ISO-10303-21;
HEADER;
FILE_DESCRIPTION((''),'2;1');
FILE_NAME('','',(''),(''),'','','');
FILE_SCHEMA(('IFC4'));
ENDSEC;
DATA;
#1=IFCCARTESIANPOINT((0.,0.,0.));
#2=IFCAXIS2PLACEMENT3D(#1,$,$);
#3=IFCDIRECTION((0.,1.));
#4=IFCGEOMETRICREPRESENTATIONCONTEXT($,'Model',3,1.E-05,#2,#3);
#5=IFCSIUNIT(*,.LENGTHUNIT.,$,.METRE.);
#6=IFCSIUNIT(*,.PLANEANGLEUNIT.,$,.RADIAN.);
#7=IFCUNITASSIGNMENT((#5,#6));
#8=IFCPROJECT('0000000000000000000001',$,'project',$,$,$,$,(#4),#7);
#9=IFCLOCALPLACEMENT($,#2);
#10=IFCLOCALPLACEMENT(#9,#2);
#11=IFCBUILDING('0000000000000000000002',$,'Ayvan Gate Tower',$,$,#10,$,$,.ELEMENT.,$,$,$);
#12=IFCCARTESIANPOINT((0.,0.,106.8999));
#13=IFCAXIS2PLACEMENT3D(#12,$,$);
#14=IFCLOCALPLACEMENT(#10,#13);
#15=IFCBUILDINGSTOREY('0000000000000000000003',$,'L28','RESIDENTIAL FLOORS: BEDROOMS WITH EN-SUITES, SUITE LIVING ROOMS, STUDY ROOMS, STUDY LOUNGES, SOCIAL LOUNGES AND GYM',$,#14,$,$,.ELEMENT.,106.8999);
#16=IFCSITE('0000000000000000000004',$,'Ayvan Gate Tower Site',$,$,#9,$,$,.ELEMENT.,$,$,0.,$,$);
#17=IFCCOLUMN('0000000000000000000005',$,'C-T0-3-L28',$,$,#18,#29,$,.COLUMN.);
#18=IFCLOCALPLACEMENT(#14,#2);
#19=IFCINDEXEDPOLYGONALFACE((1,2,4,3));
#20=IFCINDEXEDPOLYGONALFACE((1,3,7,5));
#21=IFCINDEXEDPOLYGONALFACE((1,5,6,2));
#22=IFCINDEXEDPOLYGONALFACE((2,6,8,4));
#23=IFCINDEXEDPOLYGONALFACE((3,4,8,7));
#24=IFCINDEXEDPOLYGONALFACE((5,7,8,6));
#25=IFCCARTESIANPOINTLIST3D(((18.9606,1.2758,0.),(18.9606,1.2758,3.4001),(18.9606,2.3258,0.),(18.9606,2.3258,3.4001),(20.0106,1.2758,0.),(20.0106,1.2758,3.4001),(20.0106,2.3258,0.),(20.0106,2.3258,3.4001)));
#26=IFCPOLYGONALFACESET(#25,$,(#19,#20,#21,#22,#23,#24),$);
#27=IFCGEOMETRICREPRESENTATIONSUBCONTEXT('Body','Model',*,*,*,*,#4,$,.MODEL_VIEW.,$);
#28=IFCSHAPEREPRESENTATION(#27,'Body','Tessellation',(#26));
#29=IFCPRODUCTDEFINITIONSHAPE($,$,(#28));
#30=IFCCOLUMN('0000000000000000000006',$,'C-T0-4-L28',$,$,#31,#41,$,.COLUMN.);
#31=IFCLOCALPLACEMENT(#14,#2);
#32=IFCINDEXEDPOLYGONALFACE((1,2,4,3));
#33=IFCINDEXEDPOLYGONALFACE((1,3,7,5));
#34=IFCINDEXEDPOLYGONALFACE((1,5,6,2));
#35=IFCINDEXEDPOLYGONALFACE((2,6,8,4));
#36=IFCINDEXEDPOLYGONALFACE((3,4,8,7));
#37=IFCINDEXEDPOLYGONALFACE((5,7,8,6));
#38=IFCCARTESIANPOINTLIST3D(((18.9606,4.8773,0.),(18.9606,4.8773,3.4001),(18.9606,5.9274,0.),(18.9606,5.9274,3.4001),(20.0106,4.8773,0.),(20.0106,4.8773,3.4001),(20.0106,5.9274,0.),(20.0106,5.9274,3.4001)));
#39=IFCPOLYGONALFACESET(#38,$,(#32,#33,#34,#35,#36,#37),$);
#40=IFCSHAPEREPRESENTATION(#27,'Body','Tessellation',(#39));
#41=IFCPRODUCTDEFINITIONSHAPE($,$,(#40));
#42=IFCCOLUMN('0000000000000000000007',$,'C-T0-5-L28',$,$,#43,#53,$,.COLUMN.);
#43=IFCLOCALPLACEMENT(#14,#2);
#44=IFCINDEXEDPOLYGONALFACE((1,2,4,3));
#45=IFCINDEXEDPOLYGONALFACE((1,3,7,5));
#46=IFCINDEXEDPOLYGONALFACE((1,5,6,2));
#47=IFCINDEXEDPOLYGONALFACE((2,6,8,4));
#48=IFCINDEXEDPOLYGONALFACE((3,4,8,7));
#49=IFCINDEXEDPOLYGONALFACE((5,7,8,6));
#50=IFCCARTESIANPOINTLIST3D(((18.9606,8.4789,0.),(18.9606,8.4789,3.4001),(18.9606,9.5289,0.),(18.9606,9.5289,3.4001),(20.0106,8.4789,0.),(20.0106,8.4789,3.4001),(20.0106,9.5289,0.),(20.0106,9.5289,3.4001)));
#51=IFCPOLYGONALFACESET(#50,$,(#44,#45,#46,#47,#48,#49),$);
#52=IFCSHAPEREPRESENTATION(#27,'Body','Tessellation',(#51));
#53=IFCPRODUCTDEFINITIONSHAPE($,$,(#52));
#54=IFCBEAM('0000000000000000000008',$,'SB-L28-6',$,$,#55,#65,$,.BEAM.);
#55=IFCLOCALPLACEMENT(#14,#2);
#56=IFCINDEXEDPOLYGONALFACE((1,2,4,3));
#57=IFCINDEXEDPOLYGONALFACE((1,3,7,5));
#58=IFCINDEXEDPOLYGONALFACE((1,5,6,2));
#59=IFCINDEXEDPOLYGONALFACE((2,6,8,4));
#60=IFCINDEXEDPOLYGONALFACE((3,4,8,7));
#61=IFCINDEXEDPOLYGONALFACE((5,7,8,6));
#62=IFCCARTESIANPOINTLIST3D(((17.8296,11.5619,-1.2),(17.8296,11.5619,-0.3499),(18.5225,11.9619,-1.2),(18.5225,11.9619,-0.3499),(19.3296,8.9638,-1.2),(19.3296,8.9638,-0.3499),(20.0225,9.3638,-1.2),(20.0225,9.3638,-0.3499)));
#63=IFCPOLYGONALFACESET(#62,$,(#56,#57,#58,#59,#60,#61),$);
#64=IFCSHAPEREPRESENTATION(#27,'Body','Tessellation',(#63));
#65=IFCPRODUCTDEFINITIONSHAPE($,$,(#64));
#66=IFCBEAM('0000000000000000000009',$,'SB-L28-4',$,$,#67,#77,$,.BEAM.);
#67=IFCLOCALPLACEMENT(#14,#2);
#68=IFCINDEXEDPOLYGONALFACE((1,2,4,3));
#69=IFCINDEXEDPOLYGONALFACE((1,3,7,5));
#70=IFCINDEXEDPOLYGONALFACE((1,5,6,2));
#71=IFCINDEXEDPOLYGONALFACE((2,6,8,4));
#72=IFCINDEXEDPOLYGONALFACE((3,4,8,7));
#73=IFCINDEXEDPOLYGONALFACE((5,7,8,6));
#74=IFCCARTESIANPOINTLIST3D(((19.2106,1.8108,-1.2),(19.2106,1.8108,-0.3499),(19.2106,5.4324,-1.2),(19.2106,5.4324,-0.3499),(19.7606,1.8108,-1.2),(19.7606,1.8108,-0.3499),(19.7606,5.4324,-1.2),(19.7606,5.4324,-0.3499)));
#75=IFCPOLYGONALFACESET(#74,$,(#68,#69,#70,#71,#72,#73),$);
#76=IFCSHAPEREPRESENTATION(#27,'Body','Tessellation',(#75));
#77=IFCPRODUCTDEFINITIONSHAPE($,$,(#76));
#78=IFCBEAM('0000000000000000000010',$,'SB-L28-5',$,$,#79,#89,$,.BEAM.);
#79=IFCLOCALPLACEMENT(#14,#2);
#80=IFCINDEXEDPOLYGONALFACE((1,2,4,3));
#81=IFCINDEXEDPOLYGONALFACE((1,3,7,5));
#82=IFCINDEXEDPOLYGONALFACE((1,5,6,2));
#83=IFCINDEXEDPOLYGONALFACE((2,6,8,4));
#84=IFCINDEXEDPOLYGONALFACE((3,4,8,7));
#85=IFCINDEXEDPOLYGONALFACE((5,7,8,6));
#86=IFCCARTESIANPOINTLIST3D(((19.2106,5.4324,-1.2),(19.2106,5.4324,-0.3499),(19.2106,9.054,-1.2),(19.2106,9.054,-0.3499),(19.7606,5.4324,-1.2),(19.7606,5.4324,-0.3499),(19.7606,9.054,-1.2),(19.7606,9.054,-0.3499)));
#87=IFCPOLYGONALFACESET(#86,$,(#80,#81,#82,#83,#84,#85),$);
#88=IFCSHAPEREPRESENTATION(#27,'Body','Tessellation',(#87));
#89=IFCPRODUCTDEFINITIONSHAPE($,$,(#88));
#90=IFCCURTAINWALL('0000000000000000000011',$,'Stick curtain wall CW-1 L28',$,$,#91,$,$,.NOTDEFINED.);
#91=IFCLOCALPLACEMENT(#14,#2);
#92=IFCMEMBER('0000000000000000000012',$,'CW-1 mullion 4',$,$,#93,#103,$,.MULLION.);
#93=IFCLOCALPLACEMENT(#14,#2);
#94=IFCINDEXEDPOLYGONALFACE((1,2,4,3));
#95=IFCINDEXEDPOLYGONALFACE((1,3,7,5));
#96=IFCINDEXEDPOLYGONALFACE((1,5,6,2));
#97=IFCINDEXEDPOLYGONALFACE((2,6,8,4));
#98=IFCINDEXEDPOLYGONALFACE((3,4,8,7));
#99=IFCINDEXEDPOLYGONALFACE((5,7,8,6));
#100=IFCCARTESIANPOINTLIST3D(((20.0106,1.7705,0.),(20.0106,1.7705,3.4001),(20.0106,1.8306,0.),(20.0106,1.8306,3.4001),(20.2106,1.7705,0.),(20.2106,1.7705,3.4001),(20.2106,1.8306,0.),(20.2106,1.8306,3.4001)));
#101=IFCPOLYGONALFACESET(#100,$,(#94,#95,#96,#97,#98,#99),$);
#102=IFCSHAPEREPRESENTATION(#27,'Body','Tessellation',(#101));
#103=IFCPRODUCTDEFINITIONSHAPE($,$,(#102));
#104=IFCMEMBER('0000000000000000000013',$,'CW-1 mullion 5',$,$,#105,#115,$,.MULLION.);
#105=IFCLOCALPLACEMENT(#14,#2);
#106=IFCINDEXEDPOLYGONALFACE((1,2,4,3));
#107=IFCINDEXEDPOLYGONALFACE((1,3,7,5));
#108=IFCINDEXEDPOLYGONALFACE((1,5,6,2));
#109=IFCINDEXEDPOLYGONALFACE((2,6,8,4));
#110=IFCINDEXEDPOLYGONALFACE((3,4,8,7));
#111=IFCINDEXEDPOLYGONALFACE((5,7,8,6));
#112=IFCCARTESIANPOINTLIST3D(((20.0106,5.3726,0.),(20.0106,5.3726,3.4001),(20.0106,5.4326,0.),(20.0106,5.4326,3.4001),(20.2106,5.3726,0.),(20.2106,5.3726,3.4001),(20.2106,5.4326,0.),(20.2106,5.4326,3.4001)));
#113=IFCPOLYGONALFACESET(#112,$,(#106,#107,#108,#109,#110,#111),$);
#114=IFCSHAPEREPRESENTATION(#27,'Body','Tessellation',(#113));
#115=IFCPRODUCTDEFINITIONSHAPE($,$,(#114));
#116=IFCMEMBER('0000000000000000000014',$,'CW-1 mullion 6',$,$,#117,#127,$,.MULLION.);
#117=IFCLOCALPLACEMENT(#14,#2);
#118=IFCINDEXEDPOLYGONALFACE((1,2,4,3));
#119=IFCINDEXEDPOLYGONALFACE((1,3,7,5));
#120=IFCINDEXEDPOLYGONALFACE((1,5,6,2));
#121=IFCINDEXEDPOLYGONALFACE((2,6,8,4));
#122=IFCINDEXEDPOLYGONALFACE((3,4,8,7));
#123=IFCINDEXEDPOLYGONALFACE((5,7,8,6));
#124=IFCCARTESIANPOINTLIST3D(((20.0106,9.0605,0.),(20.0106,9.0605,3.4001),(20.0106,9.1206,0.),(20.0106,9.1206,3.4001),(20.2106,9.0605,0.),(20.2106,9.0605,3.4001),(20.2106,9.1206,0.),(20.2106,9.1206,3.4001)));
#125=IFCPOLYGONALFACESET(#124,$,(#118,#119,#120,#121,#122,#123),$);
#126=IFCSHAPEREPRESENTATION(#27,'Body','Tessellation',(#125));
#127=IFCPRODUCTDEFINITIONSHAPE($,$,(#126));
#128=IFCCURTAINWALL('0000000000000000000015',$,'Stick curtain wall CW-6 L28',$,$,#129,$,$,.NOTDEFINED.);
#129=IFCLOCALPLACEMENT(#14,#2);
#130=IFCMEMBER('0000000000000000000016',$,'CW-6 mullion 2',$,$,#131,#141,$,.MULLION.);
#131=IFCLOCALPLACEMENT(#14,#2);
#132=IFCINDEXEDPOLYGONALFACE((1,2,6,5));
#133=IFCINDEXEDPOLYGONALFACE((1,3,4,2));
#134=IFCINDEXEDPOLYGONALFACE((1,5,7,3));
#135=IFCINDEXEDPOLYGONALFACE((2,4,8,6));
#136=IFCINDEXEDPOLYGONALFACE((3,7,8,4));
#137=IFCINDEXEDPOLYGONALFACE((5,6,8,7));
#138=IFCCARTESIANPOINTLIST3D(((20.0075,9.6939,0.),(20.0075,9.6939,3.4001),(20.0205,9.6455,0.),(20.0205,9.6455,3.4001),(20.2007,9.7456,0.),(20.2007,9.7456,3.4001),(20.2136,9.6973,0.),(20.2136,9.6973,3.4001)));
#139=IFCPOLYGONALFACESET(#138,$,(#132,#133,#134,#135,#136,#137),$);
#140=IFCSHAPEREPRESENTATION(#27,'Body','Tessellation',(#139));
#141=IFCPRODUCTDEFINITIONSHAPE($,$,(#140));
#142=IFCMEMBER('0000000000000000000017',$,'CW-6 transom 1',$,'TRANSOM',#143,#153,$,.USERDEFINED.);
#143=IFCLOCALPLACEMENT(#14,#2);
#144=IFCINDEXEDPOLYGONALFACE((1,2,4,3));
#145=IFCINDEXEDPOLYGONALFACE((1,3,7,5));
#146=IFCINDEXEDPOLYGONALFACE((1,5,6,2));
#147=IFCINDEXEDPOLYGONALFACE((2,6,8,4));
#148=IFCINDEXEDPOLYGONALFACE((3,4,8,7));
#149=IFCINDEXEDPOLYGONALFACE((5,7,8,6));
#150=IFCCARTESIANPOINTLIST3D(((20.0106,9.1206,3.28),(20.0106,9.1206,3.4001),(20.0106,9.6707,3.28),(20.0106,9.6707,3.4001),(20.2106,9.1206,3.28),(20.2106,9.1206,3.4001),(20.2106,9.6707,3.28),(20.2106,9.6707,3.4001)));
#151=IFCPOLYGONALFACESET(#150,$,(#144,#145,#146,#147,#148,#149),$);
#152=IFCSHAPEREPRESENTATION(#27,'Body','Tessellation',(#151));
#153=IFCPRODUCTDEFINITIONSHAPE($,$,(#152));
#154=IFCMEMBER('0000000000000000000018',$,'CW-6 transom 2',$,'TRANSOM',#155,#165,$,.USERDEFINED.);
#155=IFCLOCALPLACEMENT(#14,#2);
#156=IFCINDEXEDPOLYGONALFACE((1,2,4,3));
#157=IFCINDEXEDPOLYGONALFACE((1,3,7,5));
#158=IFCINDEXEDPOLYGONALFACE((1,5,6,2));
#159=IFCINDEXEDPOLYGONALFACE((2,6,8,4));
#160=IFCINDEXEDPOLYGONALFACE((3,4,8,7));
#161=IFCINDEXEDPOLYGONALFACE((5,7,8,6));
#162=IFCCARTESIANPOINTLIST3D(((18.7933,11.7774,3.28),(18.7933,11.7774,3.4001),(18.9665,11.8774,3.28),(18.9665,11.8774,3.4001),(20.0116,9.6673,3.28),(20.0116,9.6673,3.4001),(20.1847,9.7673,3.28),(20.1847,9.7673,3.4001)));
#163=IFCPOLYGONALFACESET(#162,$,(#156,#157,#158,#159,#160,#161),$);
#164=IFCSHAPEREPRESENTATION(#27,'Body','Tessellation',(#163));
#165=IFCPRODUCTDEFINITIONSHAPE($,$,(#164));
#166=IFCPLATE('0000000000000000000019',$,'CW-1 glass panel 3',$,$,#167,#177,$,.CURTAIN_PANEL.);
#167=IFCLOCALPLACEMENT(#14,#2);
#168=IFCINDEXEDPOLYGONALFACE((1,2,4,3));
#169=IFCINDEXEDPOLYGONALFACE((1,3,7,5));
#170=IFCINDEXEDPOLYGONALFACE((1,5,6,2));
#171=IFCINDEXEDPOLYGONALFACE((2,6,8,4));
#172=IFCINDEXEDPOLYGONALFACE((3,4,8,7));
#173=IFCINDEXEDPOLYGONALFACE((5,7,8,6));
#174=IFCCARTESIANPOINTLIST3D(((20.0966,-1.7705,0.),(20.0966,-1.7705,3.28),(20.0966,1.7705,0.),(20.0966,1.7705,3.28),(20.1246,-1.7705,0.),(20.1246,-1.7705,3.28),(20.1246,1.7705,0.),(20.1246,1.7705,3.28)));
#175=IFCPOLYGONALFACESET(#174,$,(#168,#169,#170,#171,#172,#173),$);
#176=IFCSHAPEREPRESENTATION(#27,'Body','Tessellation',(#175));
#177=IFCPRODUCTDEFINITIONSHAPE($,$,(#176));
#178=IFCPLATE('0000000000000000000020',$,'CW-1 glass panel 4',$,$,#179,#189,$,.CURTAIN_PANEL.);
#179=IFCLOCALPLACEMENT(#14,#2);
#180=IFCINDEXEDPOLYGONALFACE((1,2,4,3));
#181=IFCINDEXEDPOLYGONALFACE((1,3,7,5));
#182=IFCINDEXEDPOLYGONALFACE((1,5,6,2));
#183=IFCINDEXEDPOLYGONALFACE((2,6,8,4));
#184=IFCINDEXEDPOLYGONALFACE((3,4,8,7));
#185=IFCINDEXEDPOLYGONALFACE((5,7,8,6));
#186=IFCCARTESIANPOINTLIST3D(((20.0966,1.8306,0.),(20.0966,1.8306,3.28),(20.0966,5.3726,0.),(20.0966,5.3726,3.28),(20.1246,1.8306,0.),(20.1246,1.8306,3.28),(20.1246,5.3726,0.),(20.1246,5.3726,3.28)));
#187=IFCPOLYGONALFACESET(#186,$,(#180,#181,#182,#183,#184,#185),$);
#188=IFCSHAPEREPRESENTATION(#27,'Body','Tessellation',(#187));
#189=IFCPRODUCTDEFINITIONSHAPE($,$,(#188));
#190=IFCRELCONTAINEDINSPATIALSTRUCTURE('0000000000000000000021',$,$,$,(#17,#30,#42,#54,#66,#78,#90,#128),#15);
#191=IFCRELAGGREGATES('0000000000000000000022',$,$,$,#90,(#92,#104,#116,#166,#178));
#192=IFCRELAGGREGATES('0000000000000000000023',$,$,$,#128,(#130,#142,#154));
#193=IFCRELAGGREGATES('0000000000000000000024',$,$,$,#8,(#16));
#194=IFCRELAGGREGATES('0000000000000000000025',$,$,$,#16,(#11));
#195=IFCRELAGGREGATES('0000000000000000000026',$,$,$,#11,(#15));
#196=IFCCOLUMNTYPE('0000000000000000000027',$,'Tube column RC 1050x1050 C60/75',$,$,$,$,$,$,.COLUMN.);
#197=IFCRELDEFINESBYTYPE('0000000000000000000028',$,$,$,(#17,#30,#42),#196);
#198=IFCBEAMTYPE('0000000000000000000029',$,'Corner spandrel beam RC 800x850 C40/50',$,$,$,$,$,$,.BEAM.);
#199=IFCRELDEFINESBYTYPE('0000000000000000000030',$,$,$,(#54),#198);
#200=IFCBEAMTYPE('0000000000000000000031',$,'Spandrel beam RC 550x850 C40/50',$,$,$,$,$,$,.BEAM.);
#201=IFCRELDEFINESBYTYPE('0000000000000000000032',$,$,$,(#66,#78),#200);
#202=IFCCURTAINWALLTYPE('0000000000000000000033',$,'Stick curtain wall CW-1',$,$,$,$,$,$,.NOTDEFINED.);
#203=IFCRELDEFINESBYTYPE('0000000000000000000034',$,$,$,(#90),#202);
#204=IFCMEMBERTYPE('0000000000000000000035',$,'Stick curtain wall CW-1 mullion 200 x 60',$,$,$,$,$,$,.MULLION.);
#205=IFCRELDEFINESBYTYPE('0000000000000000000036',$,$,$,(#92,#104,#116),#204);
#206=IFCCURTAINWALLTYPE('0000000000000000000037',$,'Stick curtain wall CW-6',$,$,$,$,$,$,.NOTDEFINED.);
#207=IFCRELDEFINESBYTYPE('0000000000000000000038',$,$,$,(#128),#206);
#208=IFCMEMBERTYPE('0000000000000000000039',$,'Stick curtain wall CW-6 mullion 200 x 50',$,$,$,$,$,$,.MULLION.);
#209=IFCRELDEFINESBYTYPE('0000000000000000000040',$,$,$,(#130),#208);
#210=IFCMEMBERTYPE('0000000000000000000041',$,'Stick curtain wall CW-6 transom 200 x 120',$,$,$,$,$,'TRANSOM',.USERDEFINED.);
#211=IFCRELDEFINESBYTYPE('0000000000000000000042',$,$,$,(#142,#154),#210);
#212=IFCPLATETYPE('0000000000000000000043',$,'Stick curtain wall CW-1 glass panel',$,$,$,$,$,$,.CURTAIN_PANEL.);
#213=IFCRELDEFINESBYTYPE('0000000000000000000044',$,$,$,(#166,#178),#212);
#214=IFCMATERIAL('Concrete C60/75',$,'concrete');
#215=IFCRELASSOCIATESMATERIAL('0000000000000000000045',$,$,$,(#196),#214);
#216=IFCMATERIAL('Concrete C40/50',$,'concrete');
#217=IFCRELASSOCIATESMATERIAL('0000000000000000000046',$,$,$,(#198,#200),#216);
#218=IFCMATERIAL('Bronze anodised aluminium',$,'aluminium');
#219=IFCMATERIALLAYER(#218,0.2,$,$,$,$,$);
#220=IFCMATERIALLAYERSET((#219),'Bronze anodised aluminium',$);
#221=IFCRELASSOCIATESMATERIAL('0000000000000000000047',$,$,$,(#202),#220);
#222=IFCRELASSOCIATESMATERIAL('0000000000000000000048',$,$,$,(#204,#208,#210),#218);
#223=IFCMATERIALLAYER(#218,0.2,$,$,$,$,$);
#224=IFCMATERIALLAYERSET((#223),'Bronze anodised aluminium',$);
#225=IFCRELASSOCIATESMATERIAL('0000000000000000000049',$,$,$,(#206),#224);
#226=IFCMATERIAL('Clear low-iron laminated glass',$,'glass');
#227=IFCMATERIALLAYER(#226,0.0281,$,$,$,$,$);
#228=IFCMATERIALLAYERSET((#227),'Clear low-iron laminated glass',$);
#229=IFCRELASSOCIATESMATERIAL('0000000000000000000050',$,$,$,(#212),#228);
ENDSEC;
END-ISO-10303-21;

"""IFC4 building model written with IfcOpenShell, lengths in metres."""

from ifc_helpers import new_model, si_unit, direction, frame, origin, origin_2d, place, context, subcontext, project, spatial, rectangle, extrude, material, layer, layer_set, material_profile, profile_set, type_object, element, aggregate, save


model = new_model("IFC4")

# Units and contexts
model_context = context("Model", 3, precision=1e-05, world=origin(), true_north=direction((0.0, 1.0)))
body_context = subcontext(model_context, "Body", "Model", "MODEL_VIEW")
ifc_project = project(units=[si_unit("LENGTHUNIT", "METRE"), si_unit("PLANEANGLEUNIT", "RADIAN")], contexts=[model_context])

# Site, building, storey
site_placement = place(None, origin())
site = spatial("IfcSite", under=ifc_project, at=site_placement, Name="Ayvan Gate Tower Site", CompositionType="ELEMENT", RefElevation=0.0)
building_placement = place(site_placement, origin())
building = spatial("IfcBuilding", under=site, at=building_placement, Name="Ayvan Gate Tower", CompositionType="ELEMENT")
storey_placement = place(building_placement, frame((0.0, 0.0, 106.8999)))
storey = spatial("IfcBuildingStorey", under=building, at=storey_placement, Name="L28", Description="RESIDENTIAL FLOORS: BEDROOMS WITH EN-SUITES, SUITE LIVING ROOMS, STUDY ROOMS, STUDY LOUNGES, SOCIAL LOUNGES AND GYM", CompositionType="ELEMENT", Elevation=106.8999)

# Columns
ifc_material_1 = material(Name="Concrete C60/75", Category="concrete")
ifc_material_profile_1 = material_profile(ifc_material_1, rectangle(XDim=1.05, YDim=1.05, at=origin_2d()), Name="RC 1050x1050")
ifc_profile_set_1 = profile_set([ifc_material_profile_1], Name="Concrete C60/75")
column_type = type_object("IfcColumnType", Name="Tube column RC 1050x1050 C60/75", PredefinedType="COLUMN", material=ifc_profile_set_1)
for number, where, z_axis, x_axis, name in (
    (1, (19.4856, 1.8008, 0.0), (0.0, 0.0, 1.0), (1.0, 0.0, 0.0), "C-T0-3-L28"),
    (2, (19.4856, 5.4023, 0.0), (0.0, 0.0, 1.0), (1.0, 0.0, 0.0), "C-T0-4-L28"),
    (3, (19.4856, 9.0039, 0.0), (0.0, 0.0, 1.0), (1.0, 0.0, 0.0), "C-T0-5-L28"),
):
    element("IfcColumn", number, at=place(storey_placement, frame(where, z_axis=z_axis, x_axis=x_axis)), inside=storey, type_object=column_type, Name=name, PredefinedType="COLUMN", context=body_context, shape_type="SweptSolid", body=[
        extrude(rectangle(XDim=1.05, YDim=1.05, at=origin_2d()), origin(), (0.0, 0.0, 1.0), 3.4001),
    ])

# Beams
ifc_material_2 = material(Name="Concrete C40/50", Category="concrete")
ifc_material_profile_2 = material_profile(ifc_material_2, rectangle(XDim=0.8, YDim=0.8501, at=origin_2d()), Name="RC 800x850")
ifc_profile_set_2 = profile_set([ifc_material_profile_2], Name="Concrete C40/50")
beam_type_1 = type_object("IfcBeamType", Name="Corner spandrel beam RC 800x850 C40/50", PredefinedType="BEAM", material=ifc_profile_set_2)
beam_placement = place(storey_placement, frame((19.676, 9.1638, -0.7749), z_axis=(-0.49999, 0.866031, 0.0), x_axis=(-0.866031, -0.49999, 0.0)))
element("IfcBeam", 4, at=beam_placement, inside=storey, type_object=beam_type_1, Name="SB-L28-6", PredefinedType="BEAM", context=body_context, shape_type="SweptSolid", body=[
    extrude(rectangle(XDim=0.8, YDim=0.8501, at=origin_2d()), origin(), (0.0, 0.0, 1.0), 3.0),
])
ifc_material_profile_3 = material_profile(ifc_material_2, rectangle(XDim=0.55, YDim=0.8501, at=origin_2d()), Name="RC 550x850")
ifc_profile_set_3 = profile_set([ifc_material_profile_3], Name="Concrete C40/50")
beam_type_2 = type_object("IfcBeamType", Name="Spandrel beam RC 550x850 C40/50", PredefinedType="BEAM", material=ifc_profile_set_3)
for number, where, z_axis, x_axis, name in (
    (5, (19.4856, 1.8108, -0.7749), (0.0, 1.0, 0.0), (-1.0, 0.0, 0.0), "SB-L28-4"),
    (6, (19.4856, 5.4324, -0.7749), (0.0, 1.0, 0.0), (-1.0, 0.0, 0.0), "SB-L28-5"),
):
    element("IfcBeam", number, at=place(storey_placement, frame(where, z_axis=z_axis, x_axis=x_axis)), inside=storey, type_object=beam_type_2, Name=name, PredefinedType="BEAM", context=body_context, shape_type="SweptSolid", body=[
        extrude(rectangle(XDim=0.55, YDim=0.8501, at=origin_2d()), origin(), (0.0, 0.0, 1.0), 3.6216),
    ])

# Curtain walls, members
ifc_material_3 = material(Name="Bronze anodised aluminium", Category="aluminium")
ifc_layer_1 = layer(ifc_material_3, 0.2)
ifc_layer_set_1 = layer_set([ifc_layer_1], Name="Bronze anodised aluminium")
curtain_wall_type_1 = type_object("IfcCurtainWallType", Name="Stick curtain wall CW-1", PredefinedType="NOTDEFINED", material=ifc_layer_set_1)
curtain_wall_1_placement = place(storey_placement, origin())
curtain_wall_1 = element("IfcCurtainWall", 7, at=curtain_wall_1_placement, inside=storey, type_object=curtain_wall_type_1, Name="Stick curtain wall CW-1 L28", PredefinedType="NOTDEFINED")
ifc_material_profile_4 = material_profile(ifc_material_3, rectangle(XDim=0.2, YDim=0.0601, at=origin_2d()), Name="Stick curtain wall CW-1 mullion 200 x 60")
ifc_profile_set_4 = profile_set([ifc_material_profile_4], Name="Bronze anodised aluminium")
member_type_1 = type_object("IfcMemberType", Name="Stick curtain wall CW-1 mullion 200 x 60", PredefinedType="MULLION", material=ifc_profile_set_4)
member_1_placement = place(storey_placement, frame((20.1106, 1.8005, 0.0), z_axis=(0.0, 0.0, 1.0), x_axis=(1.0, 0.0, 0.0)))
member_1 = element("IfcMember", 8, at=member_1_placement, type_object=member_type_1, Name="CW-1 mullion 4", PredefinedType="MULLION", context=body_context, shape_type="SweptSolid", body=[
    extrude(rectangle(XDim=0.2, YDim=0.0601, at=origin_2d()), origin(), (0.0, 0.0, 1.0), 3.4001),
])
member_2_placement = place(storey_placement, frame((20.1106, 5.4026, 0.0), z_axis=(0.0, 0.0, 1.0), x_axis=(1.0, 0.0, 0.0)))
member_2 = element("IfcMember", 9, at=member_2_placement, type_object=member_type_1, Name="CW-1 mullion 5", PredefinedType="MULLION", context=body_context, shape_type="SweptSolid", body=[
    extrude(rectangle(XDim=0.2, YDim=0.0601, at=origin_2d()), origin(), (0.0, 0.0, 1.0), 3.4001),
])
member_3_placement = place(storey_placement, frame((20.1106, 9.0906, 0.0), z_axis=(0.0, 0.0, 1.0), x_axis=(1.0, 0.0, 0.0)))
member_3 = element("IfcMember", 10, at=member_3_placement, type_object=member_type_1, Name="CW-1 mullion 6", PredefinedType="MULLION", context=body_context, shape_type="SweptSolid", body=[
    extrude(rectangle(XDim=0.2, YDim=0.0601, at=origin_2d()), origin(), (0.0, 0.0, 1.0), 3.4001),
])
ifc_layer_2 = layer(ifc_material_3, 0.2)
ifc_layer_set_2 = layer_set([ifc_layer_2], Name="Bronze anodised aluminium")
curtain_wall_type_2 = type_object("IfcCurtainWallType", Name="Stick curtain wall CW-6", PredefinedType="NOTDEFINED", material=ifc_layer_set_2)
curtain_wall_2_placement = place(storey_placement, origin())
curtain_wall_2 = element("IfcCurtainWall", 11, at=curtain_wall_2_placement, inside=storey, type_object=curtain_wall_type_2, Name="Stick curtain wall CW-6 L28", PredefinedType="NOTDEFINED")
ifc_material_profile_5 = material_profile(ifc_material_3, rectangle(XDim=0.2, YDim=0.05, at=origin_2d()), Name="Stick curtain wall CW-6 mullion 200 x 50")
ifc_profile_set_5 = profile_set([ifc_material_profile_5], Name="Bronze anodised aluminium")
member_type_2 = type_object("IfcMemberType", Name="Stick curtain wall CW-6 mullion 200 x 50", PredefinedType="MULLION", material=ifc_profile_set_5)
member_4_placement = place(storey_placement, frame((20.1106, 9.6956, 0.0), z_axis=(0.0, 0.0, 1.0), x_axis=(0.965926, 0.258819, 0.0)))
member_4 = element("IfcMember", 12, at=member_4_placement, type_object=member_type_2, Name="CW-6 mullion 2", PredefinedType="MULLION", context=body_context, shape_type="SweptSolid", body=[
    extrude(rectangle(XDim=0.2, YDim=0.05, at=origin_2d()), origin(), (0.0, 0.0, 1.0), 3.4001),
])
ifc_material_profile_6 = material_profile(ifc_material_3, rectangle(XDim=0.2, YDim=0.1201, at=origin_2d()), Name="Stick curtain wall CW-6 transom 200 x 120")
ifc_profile_set_6 = profile_set([ifc_material_profile_6], Name="Bronze anodised aluminium")
member_type_3 = type_object("IfcMemberType", Name="Stick curtain wall CW-6 transom 200 x 120", ElementType="TRANSOM", PredefinedType="USERDEFINED", material=ifc_profile_set_6)
member_5_placement = place(storey_placement, frame((20.1106, 9.1206, 3.3401), z_axis=(0.0, 1.0, 0.0), x_axis=(-1.0, 0.0, 0.0)))
member_5 = element("IfcMember", 13, at=member_5_placement, type_object=member_type_3, Name="CW-6 transom 1", ObjectType="TRANSOM", PredefinedType="USERDEFINED", context=body_context, shape_type="SweptSolid", body=[
    extrude(rectangle(XDim=0.2, YDim=0.1201, at=origin_2d()), origin(), (0.0, 0.0, 1.0), 0.55),
])
member_6_placement = place(storey_placement, frame((20.0981, 9.7173, 3.3401), z_axis=(-0.499997, 0.866027, 0.0), x_axis=(-0.866027, -0.499997, 0.0)))
member_6 = element("IfcMember", 14, at=member_6_placement, type_object=member_type_3, Name="CW-6 transom 2", ObjectType="TRANSOM", PredefinedType="USERDEFINED", context=body_context, shape_type="SweptSolid", body=[
    extrude(rectangle(XDim=0.2, YDim=0.1201, at=origin_2d()), origin(), (0.0, 0.0, 1.0), 2.4365),
])

# Plates
ifc_material_4 = material(Name="Clear low-iron laminated glass", Category="glass")
ifc_layer_3 = layer(ifc_material_4, 0.0281)
ifc_layer_set_3 = layer_set([ifc_layer_3], Name="Clear low-iron laminated glass")
plate_type_1 = type_object("IfcPlateType", Name="Stick curtain wall CW-1 glass panel", PredefinedType="CURTAIN_PANEL", material=ifc_layer_set_3)
plate_1_placement = place(storey_placement, frame((20.1106, 0.0, 0.0), z_axis=(0.0, 0.0, 1.0), x_axis=(0.0, 1.0, 0.0)))
plate_1 = element("IfcPlate", 15, at=plate_1_placement, type_object=plate_type_1, Name="CW-1 glass panel 3", PredefinedType="CURTAIN_PANEL", context=body_context, shape_type="SweptSolid", body=[
    extrude(rectangle(XDim=3.541, YDim=0.0281, at=origin_2d()), origin(), (0.0, 0.0, 1.0), 3.28),
])
plate_2_placement = place(storey_placement, frame((20.1106, 3.6016, 0.0), z_axis=(0.0, 0.0, 1.0), x_axis=(0.0, 1.0, 0.0)))
plate_2 = element("IfcPlate", 16, at=plate_2_placement, type_object=plate_type_1, Name="CW-1 glass panel 4", PredefinedType="CURTAIN_PANEL", context=body_context, shape_type="SweptSolid", body=[
    extrude(rectangle(XDim=3.542, YDim=0.0281, at=origin_2d()), origin(), (0.0, 0.0, 1.0), 3.28),
])
aggregate(curtain_wall_1, [member_1, member_2, member_3, plate_1, plate_2])
aggregate(curtain_wall_2, [member_4, member_5, member_6])

save(model, "model.ifc")
